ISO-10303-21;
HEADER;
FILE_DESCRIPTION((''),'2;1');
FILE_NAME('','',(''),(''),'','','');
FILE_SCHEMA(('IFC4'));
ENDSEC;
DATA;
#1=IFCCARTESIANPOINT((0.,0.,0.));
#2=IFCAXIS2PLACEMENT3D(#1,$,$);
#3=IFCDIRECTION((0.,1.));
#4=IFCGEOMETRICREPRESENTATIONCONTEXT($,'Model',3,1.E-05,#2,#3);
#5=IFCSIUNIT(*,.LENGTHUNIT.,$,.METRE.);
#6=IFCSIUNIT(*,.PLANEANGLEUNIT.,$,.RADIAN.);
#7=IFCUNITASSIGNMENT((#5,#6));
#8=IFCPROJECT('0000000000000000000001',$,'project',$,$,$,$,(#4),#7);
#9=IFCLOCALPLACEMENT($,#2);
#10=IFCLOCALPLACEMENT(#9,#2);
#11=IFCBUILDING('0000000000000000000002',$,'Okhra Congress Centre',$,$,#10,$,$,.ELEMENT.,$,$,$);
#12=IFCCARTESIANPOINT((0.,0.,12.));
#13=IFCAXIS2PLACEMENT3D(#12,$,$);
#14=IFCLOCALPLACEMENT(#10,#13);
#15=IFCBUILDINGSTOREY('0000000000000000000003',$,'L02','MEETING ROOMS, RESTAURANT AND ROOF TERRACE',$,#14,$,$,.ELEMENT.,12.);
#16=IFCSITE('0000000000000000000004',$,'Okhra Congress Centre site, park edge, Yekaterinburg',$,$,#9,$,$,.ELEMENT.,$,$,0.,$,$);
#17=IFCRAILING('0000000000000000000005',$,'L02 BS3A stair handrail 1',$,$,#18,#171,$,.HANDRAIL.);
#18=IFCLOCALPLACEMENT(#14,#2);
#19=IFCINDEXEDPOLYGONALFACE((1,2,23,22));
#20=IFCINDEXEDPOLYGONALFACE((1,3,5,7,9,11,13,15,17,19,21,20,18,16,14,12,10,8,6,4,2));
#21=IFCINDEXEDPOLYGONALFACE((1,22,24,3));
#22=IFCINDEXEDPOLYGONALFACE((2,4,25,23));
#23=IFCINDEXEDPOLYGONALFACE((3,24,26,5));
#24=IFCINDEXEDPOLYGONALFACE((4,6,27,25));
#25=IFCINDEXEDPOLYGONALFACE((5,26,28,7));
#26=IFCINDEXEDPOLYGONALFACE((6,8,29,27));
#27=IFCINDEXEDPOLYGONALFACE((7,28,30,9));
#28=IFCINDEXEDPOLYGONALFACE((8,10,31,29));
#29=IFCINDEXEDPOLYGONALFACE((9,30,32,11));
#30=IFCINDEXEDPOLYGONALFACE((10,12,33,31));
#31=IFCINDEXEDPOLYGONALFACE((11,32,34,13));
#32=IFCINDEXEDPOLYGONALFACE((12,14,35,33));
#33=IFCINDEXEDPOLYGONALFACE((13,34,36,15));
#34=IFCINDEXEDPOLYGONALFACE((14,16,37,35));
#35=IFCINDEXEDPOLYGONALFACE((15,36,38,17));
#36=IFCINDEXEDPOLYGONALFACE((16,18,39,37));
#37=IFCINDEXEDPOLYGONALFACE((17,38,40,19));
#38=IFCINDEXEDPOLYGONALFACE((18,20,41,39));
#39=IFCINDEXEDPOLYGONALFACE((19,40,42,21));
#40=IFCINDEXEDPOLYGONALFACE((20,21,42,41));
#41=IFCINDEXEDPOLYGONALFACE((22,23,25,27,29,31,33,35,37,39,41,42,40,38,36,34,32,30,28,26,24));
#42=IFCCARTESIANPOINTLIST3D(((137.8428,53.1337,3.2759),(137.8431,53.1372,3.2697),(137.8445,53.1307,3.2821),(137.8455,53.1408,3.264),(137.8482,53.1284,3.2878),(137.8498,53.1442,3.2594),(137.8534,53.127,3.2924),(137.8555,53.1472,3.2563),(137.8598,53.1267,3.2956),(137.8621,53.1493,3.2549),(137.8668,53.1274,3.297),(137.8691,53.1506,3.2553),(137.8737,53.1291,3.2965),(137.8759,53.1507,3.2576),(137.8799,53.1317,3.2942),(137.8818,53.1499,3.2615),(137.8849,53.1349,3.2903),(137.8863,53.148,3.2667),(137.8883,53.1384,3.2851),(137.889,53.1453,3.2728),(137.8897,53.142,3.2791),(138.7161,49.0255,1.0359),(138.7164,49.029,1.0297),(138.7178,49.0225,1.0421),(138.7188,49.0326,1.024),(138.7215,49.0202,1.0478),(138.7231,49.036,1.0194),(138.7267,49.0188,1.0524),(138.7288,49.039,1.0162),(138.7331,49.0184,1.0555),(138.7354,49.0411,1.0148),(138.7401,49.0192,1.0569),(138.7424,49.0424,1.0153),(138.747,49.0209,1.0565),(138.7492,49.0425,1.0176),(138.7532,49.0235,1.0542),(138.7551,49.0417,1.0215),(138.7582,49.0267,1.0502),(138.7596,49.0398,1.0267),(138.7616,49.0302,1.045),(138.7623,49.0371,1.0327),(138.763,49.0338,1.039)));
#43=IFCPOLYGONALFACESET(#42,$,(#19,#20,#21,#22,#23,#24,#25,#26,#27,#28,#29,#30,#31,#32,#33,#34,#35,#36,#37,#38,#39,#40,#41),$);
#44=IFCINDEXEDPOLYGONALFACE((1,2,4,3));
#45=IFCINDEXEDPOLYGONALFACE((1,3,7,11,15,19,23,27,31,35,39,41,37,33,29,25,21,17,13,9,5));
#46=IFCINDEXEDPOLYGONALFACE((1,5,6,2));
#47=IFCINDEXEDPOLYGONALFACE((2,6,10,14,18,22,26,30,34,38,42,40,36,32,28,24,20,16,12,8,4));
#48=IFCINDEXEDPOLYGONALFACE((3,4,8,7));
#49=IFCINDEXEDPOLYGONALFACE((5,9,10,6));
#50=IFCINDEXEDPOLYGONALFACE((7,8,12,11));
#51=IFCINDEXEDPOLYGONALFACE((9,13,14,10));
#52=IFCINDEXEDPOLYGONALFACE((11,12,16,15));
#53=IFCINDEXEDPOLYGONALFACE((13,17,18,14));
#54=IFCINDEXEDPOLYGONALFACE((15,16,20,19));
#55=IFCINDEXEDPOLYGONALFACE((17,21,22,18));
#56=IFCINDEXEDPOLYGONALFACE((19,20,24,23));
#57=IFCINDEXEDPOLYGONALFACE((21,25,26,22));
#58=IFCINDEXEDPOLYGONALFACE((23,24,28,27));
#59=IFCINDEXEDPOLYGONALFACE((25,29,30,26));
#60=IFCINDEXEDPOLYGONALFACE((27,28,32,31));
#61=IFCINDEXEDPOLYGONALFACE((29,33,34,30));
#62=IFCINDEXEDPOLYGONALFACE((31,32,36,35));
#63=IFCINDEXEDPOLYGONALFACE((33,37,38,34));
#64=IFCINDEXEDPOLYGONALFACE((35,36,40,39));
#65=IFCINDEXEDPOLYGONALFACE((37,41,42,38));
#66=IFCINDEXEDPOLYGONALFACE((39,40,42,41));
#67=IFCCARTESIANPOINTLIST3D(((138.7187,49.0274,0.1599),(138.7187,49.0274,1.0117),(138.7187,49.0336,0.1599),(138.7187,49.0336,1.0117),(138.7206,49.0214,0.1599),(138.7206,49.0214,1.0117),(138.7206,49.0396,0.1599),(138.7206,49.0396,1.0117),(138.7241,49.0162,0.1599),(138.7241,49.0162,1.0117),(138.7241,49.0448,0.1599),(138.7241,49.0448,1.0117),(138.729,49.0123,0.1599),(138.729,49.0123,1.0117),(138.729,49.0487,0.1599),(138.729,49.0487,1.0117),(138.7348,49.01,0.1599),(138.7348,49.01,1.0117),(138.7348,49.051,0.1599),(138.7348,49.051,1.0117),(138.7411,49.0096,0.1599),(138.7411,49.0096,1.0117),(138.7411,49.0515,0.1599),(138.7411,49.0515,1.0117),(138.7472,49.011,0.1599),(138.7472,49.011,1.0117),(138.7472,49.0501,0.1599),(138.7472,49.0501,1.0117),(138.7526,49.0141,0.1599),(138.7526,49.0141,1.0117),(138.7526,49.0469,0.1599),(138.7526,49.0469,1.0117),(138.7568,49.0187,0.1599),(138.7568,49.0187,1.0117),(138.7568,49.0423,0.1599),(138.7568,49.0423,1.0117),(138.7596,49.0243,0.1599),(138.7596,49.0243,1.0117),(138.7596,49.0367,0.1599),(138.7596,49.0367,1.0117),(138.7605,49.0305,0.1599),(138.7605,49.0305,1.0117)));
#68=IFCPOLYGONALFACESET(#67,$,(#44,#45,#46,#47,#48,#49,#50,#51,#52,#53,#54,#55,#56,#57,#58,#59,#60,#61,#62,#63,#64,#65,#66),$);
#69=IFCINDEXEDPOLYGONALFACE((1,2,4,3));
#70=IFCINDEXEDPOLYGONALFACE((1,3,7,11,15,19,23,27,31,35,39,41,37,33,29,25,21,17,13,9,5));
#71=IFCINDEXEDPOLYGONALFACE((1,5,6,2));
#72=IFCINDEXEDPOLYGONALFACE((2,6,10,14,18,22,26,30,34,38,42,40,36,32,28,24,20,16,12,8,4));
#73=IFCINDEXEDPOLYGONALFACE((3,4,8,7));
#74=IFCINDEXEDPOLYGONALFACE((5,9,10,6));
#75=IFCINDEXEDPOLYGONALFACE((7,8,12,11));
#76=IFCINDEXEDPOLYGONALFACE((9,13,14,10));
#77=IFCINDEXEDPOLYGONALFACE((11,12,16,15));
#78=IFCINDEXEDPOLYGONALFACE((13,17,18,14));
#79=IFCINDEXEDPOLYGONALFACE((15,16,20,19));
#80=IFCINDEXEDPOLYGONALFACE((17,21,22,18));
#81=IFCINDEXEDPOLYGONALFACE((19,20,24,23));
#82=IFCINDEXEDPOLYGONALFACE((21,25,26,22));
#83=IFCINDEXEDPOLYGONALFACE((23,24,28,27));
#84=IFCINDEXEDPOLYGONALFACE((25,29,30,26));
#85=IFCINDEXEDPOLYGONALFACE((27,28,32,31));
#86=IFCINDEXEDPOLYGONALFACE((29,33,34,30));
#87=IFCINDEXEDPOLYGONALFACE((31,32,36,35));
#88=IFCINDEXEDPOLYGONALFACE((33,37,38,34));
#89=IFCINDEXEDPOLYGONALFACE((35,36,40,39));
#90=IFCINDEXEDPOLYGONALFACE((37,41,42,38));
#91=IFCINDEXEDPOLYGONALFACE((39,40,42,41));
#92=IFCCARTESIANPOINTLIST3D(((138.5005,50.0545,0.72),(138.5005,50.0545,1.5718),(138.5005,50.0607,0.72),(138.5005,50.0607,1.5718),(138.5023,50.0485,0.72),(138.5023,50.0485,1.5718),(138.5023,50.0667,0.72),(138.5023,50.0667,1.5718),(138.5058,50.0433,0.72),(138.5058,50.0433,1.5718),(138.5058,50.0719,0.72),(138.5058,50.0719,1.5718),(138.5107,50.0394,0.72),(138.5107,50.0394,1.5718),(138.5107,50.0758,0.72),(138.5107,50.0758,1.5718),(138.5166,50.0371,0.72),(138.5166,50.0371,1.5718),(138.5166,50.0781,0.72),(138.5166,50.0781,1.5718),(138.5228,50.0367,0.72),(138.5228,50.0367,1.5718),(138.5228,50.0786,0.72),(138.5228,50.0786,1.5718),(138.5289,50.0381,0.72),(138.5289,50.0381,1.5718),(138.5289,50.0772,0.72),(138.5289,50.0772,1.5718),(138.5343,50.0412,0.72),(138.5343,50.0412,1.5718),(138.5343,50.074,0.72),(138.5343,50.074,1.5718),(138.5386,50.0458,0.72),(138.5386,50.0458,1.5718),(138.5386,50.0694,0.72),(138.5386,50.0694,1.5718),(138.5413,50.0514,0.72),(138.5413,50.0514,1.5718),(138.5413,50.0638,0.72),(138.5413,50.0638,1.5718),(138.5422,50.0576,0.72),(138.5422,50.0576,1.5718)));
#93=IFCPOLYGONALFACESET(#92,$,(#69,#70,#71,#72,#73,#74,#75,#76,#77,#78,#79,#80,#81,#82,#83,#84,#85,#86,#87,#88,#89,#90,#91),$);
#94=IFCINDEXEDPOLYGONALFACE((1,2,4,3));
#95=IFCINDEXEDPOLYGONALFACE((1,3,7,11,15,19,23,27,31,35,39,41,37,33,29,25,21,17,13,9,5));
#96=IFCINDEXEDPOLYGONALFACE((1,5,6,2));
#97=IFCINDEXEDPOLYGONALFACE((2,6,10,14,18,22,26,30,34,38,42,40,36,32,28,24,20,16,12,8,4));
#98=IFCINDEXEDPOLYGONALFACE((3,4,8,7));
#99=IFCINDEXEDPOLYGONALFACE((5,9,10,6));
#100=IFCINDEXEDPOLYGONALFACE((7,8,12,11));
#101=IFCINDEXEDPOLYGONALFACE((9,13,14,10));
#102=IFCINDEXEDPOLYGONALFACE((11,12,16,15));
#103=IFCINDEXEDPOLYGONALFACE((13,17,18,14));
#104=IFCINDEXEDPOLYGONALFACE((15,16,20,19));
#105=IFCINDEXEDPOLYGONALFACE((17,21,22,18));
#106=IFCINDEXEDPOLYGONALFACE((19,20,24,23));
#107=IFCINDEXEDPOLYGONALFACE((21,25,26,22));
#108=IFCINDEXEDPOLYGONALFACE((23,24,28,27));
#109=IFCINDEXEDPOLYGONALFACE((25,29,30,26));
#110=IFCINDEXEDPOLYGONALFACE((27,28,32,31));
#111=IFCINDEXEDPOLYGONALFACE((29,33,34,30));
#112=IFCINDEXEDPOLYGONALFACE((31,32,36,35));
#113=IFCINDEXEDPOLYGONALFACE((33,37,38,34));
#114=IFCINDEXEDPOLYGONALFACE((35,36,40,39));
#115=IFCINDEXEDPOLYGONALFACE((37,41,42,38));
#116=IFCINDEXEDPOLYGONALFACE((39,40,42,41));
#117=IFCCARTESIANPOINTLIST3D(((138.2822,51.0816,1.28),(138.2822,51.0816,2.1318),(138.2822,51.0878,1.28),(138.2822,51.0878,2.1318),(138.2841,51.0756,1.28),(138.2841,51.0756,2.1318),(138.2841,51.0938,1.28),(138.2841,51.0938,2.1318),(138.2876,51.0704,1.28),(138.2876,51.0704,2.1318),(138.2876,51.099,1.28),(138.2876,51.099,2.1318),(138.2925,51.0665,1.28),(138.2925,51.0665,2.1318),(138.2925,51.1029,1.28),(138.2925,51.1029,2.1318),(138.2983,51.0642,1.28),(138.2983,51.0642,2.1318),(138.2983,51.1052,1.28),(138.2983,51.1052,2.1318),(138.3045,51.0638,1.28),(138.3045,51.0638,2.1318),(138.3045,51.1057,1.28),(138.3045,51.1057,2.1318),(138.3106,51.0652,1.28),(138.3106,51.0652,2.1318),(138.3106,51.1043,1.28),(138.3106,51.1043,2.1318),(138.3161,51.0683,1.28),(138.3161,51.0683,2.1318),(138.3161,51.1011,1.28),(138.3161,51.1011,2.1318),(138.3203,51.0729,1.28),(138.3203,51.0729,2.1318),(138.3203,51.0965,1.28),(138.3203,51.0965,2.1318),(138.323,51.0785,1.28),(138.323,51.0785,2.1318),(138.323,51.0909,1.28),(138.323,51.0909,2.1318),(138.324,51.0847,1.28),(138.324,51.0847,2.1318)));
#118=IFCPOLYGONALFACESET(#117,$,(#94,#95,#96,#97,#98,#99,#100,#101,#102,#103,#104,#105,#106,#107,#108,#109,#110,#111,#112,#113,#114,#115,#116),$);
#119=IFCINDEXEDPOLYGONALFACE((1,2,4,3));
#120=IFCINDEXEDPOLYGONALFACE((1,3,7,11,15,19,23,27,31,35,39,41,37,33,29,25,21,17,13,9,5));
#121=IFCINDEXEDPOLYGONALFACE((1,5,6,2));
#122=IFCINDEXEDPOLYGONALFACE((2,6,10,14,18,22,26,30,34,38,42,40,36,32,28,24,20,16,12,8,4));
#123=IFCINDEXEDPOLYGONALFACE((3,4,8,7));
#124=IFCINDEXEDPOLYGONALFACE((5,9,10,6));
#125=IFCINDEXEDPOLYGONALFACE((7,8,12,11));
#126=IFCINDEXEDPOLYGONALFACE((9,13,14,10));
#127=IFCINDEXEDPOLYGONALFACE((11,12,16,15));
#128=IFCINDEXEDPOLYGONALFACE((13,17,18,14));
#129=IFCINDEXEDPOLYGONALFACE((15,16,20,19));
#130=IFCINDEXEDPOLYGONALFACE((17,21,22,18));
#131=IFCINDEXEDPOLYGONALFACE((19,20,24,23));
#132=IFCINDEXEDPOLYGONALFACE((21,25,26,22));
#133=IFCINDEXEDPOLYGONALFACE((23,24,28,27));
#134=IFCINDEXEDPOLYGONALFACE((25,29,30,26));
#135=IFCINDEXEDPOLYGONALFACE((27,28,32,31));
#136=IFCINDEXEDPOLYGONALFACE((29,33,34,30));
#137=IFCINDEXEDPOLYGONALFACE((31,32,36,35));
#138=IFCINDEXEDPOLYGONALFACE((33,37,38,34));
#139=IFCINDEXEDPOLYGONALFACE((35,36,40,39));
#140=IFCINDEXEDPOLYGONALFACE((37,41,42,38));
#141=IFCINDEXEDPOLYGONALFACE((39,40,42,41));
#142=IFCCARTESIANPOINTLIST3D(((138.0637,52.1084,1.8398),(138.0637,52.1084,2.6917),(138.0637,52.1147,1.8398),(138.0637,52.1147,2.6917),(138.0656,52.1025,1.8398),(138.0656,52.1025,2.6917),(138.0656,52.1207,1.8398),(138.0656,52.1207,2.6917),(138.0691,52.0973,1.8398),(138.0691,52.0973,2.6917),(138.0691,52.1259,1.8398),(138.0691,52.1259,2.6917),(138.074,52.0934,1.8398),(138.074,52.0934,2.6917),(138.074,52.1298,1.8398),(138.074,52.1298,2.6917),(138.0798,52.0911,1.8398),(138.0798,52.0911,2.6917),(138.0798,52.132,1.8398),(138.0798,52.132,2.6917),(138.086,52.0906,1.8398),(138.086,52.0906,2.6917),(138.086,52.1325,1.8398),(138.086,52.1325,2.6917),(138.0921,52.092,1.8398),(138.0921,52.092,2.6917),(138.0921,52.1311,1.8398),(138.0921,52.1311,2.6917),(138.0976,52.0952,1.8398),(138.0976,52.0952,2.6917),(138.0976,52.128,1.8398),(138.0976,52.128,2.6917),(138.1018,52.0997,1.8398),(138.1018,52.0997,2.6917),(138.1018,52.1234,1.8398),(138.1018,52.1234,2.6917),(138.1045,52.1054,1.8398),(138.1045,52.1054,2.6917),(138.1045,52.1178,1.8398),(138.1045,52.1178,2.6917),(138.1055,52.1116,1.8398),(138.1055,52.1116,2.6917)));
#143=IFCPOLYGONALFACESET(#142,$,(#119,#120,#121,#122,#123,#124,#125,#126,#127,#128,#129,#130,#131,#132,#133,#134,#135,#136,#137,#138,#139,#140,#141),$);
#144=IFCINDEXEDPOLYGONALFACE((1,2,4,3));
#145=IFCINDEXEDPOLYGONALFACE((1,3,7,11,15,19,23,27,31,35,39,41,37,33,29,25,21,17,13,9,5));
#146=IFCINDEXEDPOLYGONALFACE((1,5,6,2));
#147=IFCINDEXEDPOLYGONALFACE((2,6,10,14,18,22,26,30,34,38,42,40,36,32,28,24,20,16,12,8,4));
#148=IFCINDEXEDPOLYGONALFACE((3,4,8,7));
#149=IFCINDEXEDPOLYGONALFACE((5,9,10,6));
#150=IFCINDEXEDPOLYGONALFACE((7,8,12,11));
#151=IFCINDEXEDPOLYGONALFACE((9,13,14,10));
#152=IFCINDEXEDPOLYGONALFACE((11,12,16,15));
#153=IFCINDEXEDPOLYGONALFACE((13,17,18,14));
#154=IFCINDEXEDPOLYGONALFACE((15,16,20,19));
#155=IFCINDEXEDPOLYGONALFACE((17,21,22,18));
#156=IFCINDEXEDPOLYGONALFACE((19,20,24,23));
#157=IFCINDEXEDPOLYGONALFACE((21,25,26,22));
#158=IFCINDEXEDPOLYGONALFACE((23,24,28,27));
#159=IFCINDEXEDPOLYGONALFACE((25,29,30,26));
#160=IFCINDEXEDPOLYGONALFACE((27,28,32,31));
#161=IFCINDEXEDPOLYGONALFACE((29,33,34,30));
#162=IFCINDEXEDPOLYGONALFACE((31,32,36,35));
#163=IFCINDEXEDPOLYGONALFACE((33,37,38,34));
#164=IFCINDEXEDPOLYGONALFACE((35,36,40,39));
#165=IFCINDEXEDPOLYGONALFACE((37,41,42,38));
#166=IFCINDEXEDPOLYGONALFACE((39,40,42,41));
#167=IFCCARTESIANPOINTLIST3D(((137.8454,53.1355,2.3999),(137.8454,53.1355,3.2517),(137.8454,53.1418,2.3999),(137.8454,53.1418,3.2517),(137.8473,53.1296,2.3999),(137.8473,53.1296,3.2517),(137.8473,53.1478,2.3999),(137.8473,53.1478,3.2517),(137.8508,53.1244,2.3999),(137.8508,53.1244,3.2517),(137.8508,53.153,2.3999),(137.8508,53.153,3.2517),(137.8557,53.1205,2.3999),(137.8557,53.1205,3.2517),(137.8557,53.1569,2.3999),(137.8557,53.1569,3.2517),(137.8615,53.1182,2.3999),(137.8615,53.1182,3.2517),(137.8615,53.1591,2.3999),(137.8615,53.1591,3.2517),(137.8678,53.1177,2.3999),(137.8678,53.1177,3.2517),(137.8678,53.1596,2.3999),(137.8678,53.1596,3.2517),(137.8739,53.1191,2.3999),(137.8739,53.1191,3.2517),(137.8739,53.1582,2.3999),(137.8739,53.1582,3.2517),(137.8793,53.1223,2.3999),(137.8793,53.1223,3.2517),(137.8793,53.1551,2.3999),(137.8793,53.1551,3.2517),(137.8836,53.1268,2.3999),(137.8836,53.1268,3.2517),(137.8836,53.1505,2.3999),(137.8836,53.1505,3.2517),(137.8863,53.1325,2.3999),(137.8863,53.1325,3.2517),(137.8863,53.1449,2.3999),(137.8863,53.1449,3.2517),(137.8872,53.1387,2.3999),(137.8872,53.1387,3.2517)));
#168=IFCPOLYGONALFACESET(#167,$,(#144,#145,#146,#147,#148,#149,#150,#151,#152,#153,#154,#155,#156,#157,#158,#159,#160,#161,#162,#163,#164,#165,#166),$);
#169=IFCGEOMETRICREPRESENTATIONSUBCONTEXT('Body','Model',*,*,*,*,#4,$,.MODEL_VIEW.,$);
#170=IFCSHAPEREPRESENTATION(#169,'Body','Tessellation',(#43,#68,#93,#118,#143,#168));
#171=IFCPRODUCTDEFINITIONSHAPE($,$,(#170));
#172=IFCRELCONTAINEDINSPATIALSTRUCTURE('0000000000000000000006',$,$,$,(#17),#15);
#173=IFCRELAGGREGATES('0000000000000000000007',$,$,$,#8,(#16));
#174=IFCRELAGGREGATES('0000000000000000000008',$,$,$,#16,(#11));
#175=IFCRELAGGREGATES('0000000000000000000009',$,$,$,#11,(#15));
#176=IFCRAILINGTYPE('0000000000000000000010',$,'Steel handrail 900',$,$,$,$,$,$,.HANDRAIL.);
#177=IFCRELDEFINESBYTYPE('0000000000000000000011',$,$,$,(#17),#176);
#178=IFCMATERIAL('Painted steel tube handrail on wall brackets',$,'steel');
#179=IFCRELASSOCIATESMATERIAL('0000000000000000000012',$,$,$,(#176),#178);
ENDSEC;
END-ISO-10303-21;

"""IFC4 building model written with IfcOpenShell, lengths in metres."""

from ifc_helpers import new_model, si_unit, direction, frame, origin, origin_2d, place, context, subcontext, project, spatial, circle, extrude, material, type_object, element, save


model = new_model("IFC4")

# Units and contexts
model_context = context("Model", 3, precision=1e-05, world=origin(), true_north=direction((0.0, 1.0)))
body_context = subcontext(model_context, "Body", "Model", "MODEL_VIEW")
ifc_project = project(units=[si_unit("LENGTHUNIT", "METRE"), si_unit("PLANEANGLEUNIT", "RADIAN")], contexts=[model_context])

# Site, building, storey
site_placement = place(None, origin())
site = spatial("IfcSite", under=ifc_project, at=site_placement, Name="Okhra Congress Centre site, park edge, Yekaterinburg", CompositionType="ELEMENT", RefElevation=0.0)
building_placement = place(site_placement, origin())
building = spatial("IfcBuilding", under=site, at=building_placement, Name="Okhra Congress Centre", CompositionType="ELEMENT")
storey_placement = place(building_placement, frame((0.0, 0.0, 12.0)))
storey = spatial("IfcBuildingStorey", under=building, at=storey_placement, Name="L02", Description="MEETING ROOMS, RESTAURANT AND ROOF TERRACE", CompositionType="ELEMENT", Elevation=12.0)

# Railing
ifc_material_1 = material(Name="Painted steel tube handrail on wall brackets", Category="steel")
railing_type_1 = type_object("IfcRailingType", Name="Steel handrail 900", PredefinedType="HANDRAIL", material=ifc_material_1)
railing_1_placement = place(storey_placement, frame((138.7395, 49.0305, 0.1599)))
element("IfcRailing", 1, at=railing_1_placement, inside=storey, type_object=railing_type_1, Name="L02 BS3A stair handrail 1", PredefinedType="HANDRAIL", context=body_context, shape_type="SweptSolid", body=[
    extrude(circle(Radius=0.0239, at=origin_2d()), frame((0.0, 0.0, 0.876), z_axis=(-0.183466, 0.863067, 0.470591), x_axis=(-0.978144, -0.207929, 0.0)), (0.0, 0.0, 1.0), 4.76),
    extrude(circle(Radius=0.021, at=origin_2d()), origin(), (0.0, 0.0, 1.0), 0.8518),
    extrude(circle(Radius=0.021, at=origin_2d()), frame((-0.2183, 1.0271, 0.5601)), (0.0, 0.0, 1.0), 0.8518),
    extrude(circle(Radius=0.021, at=origin_2d()), frame((-0.4365, 2.0542, 1.1201)), (0.0, 0.0, 1.0), 0.8518),
    extrude(circle(Radius=0.021, at=origin_2d()), frame((-0.655, 3.0811, 1.6799)), (0.0, 0.0, 1.0), 0.8518),
    extrude(circle(Radius=0.021, at=origin_2d()), frame((-0.8733, 4.1082, 2.24)), (0.0, 0.0, 1.0), 0.8518),
])

save(model, "model.ifc")
